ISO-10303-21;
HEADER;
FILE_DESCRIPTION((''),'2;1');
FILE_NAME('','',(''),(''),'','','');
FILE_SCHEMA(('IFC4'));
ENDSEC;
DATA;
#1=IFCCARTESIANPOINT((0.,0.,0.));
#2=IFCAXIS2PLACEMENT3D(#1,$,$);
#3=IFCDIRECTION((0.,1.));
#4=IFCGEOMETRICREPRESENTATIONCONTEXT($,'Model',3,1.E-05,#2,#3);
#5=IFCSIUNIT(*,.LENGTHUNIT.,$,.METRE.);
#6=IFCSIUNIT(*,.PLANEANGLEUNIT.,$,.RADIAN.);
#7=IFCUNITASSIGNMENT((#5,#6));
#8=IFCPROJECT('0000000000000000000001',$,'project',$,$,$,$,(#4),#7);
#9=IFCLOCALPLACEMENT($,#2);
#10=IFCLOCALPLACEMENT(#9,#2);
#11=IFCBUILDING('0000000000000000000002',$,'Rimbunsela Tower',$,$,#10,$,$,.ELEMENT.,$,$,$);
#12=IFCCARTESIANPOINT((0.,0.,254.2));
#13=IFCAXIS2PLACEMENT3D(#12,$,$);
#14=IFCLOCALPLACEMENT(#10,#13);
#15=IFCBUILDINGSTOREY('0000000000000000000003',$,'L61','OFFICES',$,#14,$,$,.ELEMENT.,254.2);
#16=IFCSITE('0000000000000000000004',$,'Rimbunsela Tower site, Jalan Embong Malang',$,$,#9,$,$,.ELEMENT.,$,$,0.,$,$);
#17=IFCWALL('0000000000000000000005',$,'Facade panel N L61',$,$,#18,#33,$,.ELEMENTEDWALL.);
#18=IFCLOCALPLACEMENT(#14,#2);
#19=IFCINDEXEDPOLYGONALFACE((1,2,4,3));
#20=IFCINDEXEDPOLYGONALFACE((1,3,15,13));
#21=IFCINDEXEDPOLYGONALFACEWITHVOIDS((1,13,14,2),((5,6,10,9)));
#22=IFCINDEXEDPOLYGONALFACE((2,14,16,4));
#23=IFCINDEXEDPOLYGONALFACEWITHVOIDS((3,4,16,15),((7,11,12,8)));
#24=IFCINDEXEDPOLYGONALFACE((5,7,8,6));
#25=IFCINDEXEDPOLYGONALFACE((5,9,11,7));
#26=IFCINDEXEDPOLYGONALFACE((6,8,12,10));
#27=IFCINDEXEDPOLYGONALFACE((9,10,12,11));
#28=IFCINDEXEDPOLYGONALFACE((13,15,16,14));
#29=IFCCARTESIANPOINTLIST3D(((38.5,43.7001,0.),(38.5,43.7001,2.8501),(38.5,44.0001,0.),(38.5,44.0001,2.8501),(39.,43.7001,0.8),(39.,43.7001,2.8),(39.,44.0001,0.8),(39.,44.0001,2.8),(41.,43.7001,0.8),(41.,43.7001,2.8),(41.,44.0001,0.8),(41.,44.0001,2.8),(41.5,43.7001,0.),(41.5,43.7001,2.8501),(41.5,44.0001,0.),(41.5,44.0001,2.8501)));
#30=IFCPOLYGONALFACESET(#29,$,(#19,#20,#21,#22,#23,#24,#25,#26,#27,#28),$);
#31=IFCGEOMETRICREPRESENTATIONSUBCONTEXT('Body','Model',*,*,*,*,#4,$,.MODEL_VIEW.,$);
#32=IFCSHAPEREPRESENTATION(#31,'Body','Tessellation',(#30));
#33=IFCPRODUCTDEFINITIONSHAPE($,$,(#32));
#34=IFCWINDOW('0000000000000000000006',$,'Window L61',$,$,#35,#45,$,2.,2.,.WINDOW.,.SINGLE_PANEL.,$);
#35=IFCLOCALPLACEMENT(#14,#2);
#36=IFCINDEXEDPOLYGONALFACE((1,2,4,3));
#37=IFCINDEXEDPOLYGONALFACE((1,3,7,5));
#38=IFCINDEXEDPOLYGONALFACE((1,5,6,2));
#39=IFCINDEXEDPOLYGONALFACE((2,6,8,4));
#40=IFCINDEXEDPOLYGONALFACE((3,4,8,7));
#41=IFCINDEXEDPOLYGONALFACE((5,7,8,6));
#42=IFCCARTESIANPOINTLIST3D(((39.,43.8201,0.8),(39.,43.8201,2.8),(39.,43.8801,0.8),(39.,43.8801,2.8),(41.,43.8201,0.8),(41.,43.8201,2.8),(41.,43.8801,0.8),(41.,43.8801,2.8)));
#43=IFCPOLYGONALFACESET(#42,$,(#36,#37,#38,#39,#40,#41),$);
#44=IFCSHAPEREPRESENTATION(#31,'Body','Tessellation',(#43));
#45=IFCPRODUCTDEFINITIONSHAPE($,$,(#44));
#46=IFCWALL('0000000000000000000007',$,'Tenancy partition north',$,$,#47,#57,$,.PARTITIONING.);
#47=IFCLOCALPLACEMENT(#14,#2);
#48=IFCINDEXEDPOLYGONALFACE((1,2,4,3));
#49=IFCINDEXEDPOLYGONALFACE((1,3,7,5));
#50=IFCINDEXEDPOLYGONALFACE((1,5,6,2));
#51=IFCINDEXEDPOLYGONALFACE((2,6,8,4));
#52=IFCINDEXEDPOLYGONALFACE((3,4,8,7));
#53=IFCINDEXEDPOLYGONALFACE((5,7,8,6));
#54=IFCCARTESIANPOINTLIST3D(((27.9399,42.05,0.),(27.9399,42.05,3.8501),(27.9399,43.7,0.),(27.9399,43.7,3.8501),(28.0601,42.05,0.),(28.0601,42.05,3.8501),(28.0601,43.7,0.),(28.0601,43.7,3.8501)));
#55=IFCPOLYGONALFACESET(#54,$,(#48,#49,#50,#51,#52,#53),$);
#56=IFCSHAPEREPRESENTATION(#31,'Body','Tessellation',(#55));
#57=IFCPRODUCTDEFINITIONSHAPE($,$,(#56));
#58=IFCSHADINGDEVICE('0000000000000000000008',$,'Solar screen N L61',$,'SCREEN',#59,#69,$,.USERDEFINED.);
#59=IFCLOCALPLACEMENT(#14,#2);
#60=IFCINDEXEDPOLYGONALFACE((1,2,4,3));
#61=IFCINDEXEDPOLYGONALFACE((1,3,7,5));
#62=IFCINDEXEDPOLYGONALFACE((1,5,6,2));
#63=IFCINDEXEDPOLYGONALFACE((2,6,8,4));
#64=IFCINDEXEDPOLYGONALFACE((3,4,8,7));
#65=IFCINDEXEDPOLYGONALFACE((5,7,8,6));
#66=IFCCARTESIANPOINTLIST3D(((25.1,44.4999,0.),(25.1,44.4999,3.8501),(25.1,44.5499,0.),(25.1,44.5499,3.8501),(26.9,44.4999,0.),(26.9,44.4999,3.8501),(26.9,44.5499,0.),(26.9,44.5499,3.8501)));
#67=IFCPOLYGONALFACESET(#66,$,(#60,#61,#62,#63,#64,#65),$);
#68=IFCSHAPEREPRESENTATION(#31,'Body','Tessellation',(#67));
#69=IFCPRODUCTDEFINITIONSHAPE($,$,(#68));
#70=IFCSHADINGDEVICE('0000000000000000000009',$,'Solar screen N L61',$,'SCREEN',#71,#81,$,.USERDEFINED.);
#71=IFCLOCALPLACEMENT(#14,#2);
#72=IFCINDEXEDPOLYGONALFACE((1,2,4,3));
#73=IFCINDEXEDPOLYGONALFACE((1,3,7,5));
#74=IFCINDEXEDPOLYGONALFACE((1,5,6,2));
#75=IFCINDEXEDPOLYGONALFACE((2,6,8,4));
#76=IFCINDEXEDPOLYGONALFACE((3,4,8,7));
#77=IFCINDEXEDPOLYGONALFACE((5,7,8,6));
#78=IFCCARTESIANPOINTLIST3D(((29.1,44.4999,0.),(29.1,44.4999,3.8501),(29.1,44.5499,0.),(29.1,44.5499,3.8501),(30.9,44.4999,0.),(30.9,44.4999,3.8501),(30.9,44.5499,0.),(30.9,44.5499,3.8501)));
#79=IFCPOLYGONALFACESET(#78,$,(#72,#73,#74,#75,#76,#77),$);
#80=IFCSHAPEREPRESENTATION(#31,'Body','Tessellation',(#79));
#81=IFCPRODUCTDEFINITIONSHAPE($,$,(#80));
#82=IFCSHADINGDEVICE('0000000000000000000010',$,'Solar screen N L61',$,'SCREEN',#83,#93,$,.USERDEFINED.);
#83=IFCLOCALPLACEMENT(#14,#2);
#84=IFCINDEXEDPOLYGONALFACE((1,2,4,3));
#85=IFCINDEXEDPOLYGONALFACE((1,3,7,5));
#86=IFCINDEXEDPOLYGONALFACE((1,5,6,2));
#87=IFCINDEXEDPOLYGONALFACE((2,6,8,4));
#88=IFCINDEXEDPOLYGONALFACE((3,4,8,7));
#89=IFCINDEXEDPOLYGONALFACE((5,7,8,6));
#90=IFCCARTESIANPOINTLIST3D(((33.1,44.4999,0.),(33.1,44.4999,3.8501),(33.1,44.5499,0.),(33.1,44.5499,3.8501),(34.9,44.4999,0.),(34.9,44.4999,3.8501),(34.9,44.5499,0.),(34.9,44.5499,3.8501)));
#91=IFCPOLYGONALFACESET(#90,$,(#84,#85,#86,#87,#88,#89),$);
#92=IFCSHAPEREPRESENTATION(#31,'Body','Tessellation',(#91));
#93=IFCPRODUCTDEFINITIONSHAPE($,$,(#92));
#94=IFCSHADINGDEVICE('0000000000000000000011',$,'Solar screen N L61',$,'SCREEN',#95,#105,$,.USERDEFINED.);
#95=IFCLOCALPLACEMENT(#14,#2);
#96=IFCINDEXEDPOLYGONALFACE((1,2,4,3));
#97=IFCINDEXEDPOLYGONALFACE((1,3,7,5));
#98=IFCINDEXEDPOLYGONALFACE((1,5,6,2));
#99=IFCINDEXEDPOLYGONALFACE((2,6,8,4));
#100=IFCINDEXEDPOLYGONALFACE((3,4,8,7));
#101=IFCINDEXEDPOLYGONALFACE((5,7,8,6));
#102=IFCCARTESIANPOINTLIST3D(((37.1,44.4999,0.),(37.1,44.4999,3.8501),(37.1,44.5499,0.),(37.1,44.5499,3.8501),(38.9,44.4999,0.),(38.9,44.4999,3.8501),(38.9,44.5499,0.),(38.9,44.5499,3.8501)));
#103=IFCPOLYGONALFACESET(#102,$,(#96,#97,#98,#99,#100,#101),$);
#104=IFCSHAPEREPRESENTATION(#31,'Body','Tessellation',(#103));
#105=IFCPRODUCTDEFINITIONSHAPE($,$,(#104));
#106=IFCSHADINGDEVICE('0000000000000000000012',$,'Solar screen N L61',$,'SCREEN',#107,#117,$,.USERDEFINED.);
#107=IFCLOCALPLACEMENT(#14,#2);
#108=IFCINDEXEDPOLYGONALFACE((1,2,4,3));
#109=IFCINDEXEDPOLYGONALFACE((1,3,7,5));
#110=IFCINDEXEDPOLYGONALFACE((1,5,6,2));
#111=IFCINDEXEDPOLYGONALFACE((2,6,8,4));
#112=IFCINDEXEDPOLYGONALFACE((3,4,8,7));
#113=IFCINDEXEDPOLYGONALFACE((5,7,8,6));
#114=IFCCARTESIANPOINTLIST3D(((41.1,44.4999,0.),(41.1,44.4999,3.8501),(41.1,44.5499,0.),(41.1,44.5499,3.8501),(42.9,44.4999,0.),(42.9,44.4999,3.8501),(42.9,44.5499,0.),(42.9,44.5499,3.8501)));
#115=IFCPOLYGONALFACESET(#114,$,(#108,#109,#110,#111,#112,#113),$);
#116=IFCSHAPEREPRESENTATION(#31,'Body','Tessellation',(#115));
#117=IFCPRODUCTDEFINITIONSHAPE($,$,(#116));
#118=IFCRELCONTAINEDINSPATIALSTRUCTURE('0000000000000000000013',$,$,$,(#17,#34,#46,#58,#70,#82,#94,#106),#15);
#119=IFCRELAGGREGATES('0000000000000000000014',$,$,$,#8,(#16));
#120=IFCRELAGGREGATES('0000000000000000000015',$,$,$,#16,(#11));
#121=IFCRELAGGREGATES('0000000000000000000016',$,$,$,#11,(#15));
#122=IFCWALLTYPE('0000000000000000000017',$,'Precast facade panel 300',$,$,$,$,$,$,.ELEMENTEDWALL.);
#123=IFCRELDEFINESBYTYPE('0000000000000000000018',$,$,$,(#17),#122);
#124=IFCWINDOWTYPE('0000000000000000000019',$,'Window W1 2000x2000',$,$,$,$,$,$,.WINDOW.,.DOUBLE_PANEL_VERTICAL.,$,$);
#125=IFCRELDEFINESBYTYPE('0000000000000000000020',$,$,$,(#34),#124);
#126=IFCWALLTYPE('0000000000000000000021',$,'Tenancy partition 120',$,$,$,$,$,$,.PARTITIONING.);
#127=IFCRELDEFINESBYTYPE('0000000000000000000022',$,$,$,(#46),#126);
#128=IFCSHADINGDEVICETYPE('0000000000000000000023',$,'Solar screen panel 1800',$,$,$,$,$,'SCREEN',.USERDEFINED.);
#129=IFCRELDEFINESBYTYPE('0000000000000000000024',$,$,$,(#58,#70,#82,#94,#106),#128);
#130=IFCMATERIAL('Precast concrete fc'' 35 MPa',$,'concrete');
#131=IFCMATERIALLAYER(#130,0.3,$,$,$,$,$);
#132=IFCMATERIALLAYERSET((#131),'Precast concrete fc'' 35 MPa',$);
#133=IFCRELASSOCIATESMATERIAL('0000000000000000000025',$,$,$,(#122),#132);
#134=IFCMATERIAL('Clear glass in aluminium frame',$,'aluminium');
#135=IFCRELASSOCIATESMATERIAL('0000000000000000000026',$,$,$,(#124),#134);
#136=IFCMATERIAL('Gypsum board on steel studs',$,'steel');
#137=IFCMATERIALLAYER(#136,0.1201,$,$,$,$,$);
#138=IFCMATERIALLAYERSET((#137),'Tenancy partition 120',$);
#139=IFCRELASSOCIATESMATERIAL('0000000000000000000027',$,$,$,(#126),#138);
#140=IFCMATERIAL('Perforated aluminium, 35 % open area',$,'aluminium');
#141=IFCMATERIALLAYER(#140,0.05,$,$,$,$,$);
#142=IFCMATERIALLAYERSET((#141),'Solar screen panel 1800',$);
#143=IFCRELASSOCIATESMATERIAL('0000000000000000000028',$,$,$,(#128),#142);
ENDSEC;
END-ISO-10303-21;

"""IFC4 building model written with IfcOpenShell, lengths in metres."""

from ifc_helpers import new_model, si_unit, direction, frame, frame_2d, origin, origin_2d, place, context, subcontext, project, spatial, rectangle, extrude, material, layer, layer_set, type_object, element, fill, save


model = new_model("IFC4")

# Units and contexts
model_context = context("Model", 3, precision=1e-05, world=origin(), true_north=direction((0.0, 1.0)))
body_context = subcontext(model_context, "Body", "Model", "MODEL_VIEW")
ifc_project = project(units=[si_unit("LENGTHUNIT", "METRE"), si_unit("PLANEANGLEUNIT", "RADIAN")], contexts=[model_context])

# Site, building, storey
site_placement = place(None, origin())
site = spatial("IfcSite", under=ifc_project, at=site_placement, Name="Rimbunsela Tower site, Jalan Embong Malang", CompositionType="ELEMENT", RefElevation=0.0)
building_placement = place(site_placement, origin())
building = spatial("IfcBuilding", under=site, at=building_placement, Name="Rimbunsela Tower", CompositionType="ELEMENT")
storey_placement = place(building_placement, frame((0.0, 0.0, 254.2)))
storey = spatial("IfcBuildingStorey", under=building, at=storey_placement, Name="L61", Description="OFFICES", CompositionType="ELEMENT", Elevation=254.2)

# Shared definitions
ifc_material_1 = material(Name="Precast concrete fc' 35 MPa", Category="concrete")
ifc_layer_1 = layer(ifc_material_1, 0.3)
ifc_layer_set_1 = layer_set([ifc_layer_1], Name="Precast concrete fc' 35 MPa")
wall_type_1 = type_object("IfcWallType", Name="Precast facade panel 300", PredefinedType="ELEMENTEDWALL", material=ifc_layer_set_1)
ifc_material_2 = material(Name="Clear glass in aluminium frame", Category="aluminium")
window_type_1 = type_object("IfcWindowType", Name="Window W1 2000x2000", PartitioningType="DOUBLE_PANEL_VERTICAL", PredefinedType="WINDOW", material=ifc_material_2)

# Wall, opening, window
wall_1_placement = place(storey_placement, frame((41.5, 43.8501, 0.0), z_axis=(0.0, 0.0, 1.0), x_axis=(-1.0, 0.0, 0.0)))
wall_1 = element("IfcWall", 1, at=wall_1_placement, inside=storey, type_object=wall_type_1, Name="Facade panel N L61", PredefinedType="ELEMENTEDWALL", context=body_context, shape_type="SweptSolid", body=[
    extrude(rectangle(XDim=3.0, YDim=0.3, at=frame_2d((1.5, 0.0))), origin(), (0.0, 0.0, 1.0), 2.8501),
])
opening_1_placement = place(wall_1_placement, frame((0.5, 0.0, 0.8)))
opening_1 = element("IfcOpeningElement", 2, at=opening_1_placement, cuts=wall_1, PredefinedType="OPENING", context=body_context, shape_type="SweptSolid", body=[
    extrude(rectangle(XDim=2.0, YDim=2.0, at=frame_2d((1.0, 1.0))), frame((0.0, 0.1599, 0.0), z_axis=(0.0, -1.0, 0.0), x_axis=(1.0, 0.0, 0.0)), (0.0, 0.0, 1.0), 0.3201),
])
window_1_placement = place(opening_1_placement, origin())
window_1 = element("IfcWindow", 3, at=window_1_placement, inside=storey, type_object=window_type_1, Name="Window L61", OverallHeight=2.0, OverallWidth=2.0, PartitioningType="SINGLE_PANEL", PredefinedType="WINDOW", context=body_context, shape_type="SweptSolid", body=[
    extrude(rectangle(XDim=2.0, YDim=2.0, at=frame_2d((1.0, 1.0))), frame((0.0, 0.03, 0.0), z_axis=(0.0, -1.0, 0.0), x_axis=(1.0, 0.0, 0.0)), (0.0, 0.0, 1.0), 0.0601),
])
fill(opening_1, window_1)

# Wall
ifc_material_3 = material(Name="Gypsum board on steel studs", Category="steel")
ifc_layer_2 = layer(ifc_material_3, 0.1201)
ifc_layer_set_2 = layer_set([ifc_layer_2], Name="Tenancy partition 120")
wall_type_2 = type_object("IfcWallType", Name="Tenancy partition 120", PredefinedType="PARTITIONING", material=ifc_layer_set_2)
wall_2_placement = place(storey_placement, frame((28.0, 42.05, 0.0), z_axis=(0.0, 0.0, 1.0), x_axis=(0.0, 1.0, 0.0)))
element("IfcWall", 4, at=wall_2_placement, inside=storey, type_object=wall_type_2, Name="Tenancy partition north", PredefinedType="PARTITIONING", context=body_context, shape_type="SweptSolid", body=[
    extrude(rectangle(XDim=1.6499, YDim=0.1201, at=frame_2d((0.825, 0.0))), origin(), (0.0, 0.0, 1.0), 3.8501),
])

# Shading devices
ifc_material_4 = material(Name="Perforated aluminium, 35 % open area", Category="aluminium")
ifc_layer_3 = layer(ifc_material_4, 0.05)
ifc_layer_set_3 = layer_set([ifc_layer_3], Name="Solar screen panel 1800")
shading_device_type = type_object("IfcShadingDeviceType", Name="Solar screen panel 1800", ElementType="SCREEN", PredefinedType="USERDEFINED", material=ifc_layer_set_3)
for number, where, z_axis, x_axis, name in (
    (5, (26.0, 44.5249, 0.0), (0.0, 0.0, 1.0), (1.0, 0.0, 0.0), "Solar screen N L61"),
    (6, (30.0, 44.5249, 0.0), (0.0, 0.0, 1.0), (1.0, 0.0, 0.0), "Solar screen N L61"),
    (7, (34.0, 44.5249, 0.0), (0.0, 0.0, 1.0), (1.0, 0.0, 0.0), "Solar screen N L61"),
    (8, (38.0, 44.5249, 0.0), (0.0, 0.0, 1.0), (1.0, 0.0, 0.0), "Solar screen N L61"),
    (9, (42.0, 44.5249, 0.0), (0.0, 0.0, 1.0), (1.0, 0.0, 0.0), "Solar screen N L61"),
):
    element("IfcShadingDevice", number, at=place(storey_placement, frame(where, z_axis=z_axis, x_axis=x_axis)), inside=storey, type_object=shading_device_type, Name=name, ObjectType="SCREEN", PredefinedType="USERDEFINED", context=body_context, shape_type="SweptSolid", body=[
        extrude(rectangle(XDim=1.8, YDim=0.05, at=origin_2d()), origin(), (0.0, 0.0, 1.0), 3.8501),
    ])

save(model, "model.ifc")
